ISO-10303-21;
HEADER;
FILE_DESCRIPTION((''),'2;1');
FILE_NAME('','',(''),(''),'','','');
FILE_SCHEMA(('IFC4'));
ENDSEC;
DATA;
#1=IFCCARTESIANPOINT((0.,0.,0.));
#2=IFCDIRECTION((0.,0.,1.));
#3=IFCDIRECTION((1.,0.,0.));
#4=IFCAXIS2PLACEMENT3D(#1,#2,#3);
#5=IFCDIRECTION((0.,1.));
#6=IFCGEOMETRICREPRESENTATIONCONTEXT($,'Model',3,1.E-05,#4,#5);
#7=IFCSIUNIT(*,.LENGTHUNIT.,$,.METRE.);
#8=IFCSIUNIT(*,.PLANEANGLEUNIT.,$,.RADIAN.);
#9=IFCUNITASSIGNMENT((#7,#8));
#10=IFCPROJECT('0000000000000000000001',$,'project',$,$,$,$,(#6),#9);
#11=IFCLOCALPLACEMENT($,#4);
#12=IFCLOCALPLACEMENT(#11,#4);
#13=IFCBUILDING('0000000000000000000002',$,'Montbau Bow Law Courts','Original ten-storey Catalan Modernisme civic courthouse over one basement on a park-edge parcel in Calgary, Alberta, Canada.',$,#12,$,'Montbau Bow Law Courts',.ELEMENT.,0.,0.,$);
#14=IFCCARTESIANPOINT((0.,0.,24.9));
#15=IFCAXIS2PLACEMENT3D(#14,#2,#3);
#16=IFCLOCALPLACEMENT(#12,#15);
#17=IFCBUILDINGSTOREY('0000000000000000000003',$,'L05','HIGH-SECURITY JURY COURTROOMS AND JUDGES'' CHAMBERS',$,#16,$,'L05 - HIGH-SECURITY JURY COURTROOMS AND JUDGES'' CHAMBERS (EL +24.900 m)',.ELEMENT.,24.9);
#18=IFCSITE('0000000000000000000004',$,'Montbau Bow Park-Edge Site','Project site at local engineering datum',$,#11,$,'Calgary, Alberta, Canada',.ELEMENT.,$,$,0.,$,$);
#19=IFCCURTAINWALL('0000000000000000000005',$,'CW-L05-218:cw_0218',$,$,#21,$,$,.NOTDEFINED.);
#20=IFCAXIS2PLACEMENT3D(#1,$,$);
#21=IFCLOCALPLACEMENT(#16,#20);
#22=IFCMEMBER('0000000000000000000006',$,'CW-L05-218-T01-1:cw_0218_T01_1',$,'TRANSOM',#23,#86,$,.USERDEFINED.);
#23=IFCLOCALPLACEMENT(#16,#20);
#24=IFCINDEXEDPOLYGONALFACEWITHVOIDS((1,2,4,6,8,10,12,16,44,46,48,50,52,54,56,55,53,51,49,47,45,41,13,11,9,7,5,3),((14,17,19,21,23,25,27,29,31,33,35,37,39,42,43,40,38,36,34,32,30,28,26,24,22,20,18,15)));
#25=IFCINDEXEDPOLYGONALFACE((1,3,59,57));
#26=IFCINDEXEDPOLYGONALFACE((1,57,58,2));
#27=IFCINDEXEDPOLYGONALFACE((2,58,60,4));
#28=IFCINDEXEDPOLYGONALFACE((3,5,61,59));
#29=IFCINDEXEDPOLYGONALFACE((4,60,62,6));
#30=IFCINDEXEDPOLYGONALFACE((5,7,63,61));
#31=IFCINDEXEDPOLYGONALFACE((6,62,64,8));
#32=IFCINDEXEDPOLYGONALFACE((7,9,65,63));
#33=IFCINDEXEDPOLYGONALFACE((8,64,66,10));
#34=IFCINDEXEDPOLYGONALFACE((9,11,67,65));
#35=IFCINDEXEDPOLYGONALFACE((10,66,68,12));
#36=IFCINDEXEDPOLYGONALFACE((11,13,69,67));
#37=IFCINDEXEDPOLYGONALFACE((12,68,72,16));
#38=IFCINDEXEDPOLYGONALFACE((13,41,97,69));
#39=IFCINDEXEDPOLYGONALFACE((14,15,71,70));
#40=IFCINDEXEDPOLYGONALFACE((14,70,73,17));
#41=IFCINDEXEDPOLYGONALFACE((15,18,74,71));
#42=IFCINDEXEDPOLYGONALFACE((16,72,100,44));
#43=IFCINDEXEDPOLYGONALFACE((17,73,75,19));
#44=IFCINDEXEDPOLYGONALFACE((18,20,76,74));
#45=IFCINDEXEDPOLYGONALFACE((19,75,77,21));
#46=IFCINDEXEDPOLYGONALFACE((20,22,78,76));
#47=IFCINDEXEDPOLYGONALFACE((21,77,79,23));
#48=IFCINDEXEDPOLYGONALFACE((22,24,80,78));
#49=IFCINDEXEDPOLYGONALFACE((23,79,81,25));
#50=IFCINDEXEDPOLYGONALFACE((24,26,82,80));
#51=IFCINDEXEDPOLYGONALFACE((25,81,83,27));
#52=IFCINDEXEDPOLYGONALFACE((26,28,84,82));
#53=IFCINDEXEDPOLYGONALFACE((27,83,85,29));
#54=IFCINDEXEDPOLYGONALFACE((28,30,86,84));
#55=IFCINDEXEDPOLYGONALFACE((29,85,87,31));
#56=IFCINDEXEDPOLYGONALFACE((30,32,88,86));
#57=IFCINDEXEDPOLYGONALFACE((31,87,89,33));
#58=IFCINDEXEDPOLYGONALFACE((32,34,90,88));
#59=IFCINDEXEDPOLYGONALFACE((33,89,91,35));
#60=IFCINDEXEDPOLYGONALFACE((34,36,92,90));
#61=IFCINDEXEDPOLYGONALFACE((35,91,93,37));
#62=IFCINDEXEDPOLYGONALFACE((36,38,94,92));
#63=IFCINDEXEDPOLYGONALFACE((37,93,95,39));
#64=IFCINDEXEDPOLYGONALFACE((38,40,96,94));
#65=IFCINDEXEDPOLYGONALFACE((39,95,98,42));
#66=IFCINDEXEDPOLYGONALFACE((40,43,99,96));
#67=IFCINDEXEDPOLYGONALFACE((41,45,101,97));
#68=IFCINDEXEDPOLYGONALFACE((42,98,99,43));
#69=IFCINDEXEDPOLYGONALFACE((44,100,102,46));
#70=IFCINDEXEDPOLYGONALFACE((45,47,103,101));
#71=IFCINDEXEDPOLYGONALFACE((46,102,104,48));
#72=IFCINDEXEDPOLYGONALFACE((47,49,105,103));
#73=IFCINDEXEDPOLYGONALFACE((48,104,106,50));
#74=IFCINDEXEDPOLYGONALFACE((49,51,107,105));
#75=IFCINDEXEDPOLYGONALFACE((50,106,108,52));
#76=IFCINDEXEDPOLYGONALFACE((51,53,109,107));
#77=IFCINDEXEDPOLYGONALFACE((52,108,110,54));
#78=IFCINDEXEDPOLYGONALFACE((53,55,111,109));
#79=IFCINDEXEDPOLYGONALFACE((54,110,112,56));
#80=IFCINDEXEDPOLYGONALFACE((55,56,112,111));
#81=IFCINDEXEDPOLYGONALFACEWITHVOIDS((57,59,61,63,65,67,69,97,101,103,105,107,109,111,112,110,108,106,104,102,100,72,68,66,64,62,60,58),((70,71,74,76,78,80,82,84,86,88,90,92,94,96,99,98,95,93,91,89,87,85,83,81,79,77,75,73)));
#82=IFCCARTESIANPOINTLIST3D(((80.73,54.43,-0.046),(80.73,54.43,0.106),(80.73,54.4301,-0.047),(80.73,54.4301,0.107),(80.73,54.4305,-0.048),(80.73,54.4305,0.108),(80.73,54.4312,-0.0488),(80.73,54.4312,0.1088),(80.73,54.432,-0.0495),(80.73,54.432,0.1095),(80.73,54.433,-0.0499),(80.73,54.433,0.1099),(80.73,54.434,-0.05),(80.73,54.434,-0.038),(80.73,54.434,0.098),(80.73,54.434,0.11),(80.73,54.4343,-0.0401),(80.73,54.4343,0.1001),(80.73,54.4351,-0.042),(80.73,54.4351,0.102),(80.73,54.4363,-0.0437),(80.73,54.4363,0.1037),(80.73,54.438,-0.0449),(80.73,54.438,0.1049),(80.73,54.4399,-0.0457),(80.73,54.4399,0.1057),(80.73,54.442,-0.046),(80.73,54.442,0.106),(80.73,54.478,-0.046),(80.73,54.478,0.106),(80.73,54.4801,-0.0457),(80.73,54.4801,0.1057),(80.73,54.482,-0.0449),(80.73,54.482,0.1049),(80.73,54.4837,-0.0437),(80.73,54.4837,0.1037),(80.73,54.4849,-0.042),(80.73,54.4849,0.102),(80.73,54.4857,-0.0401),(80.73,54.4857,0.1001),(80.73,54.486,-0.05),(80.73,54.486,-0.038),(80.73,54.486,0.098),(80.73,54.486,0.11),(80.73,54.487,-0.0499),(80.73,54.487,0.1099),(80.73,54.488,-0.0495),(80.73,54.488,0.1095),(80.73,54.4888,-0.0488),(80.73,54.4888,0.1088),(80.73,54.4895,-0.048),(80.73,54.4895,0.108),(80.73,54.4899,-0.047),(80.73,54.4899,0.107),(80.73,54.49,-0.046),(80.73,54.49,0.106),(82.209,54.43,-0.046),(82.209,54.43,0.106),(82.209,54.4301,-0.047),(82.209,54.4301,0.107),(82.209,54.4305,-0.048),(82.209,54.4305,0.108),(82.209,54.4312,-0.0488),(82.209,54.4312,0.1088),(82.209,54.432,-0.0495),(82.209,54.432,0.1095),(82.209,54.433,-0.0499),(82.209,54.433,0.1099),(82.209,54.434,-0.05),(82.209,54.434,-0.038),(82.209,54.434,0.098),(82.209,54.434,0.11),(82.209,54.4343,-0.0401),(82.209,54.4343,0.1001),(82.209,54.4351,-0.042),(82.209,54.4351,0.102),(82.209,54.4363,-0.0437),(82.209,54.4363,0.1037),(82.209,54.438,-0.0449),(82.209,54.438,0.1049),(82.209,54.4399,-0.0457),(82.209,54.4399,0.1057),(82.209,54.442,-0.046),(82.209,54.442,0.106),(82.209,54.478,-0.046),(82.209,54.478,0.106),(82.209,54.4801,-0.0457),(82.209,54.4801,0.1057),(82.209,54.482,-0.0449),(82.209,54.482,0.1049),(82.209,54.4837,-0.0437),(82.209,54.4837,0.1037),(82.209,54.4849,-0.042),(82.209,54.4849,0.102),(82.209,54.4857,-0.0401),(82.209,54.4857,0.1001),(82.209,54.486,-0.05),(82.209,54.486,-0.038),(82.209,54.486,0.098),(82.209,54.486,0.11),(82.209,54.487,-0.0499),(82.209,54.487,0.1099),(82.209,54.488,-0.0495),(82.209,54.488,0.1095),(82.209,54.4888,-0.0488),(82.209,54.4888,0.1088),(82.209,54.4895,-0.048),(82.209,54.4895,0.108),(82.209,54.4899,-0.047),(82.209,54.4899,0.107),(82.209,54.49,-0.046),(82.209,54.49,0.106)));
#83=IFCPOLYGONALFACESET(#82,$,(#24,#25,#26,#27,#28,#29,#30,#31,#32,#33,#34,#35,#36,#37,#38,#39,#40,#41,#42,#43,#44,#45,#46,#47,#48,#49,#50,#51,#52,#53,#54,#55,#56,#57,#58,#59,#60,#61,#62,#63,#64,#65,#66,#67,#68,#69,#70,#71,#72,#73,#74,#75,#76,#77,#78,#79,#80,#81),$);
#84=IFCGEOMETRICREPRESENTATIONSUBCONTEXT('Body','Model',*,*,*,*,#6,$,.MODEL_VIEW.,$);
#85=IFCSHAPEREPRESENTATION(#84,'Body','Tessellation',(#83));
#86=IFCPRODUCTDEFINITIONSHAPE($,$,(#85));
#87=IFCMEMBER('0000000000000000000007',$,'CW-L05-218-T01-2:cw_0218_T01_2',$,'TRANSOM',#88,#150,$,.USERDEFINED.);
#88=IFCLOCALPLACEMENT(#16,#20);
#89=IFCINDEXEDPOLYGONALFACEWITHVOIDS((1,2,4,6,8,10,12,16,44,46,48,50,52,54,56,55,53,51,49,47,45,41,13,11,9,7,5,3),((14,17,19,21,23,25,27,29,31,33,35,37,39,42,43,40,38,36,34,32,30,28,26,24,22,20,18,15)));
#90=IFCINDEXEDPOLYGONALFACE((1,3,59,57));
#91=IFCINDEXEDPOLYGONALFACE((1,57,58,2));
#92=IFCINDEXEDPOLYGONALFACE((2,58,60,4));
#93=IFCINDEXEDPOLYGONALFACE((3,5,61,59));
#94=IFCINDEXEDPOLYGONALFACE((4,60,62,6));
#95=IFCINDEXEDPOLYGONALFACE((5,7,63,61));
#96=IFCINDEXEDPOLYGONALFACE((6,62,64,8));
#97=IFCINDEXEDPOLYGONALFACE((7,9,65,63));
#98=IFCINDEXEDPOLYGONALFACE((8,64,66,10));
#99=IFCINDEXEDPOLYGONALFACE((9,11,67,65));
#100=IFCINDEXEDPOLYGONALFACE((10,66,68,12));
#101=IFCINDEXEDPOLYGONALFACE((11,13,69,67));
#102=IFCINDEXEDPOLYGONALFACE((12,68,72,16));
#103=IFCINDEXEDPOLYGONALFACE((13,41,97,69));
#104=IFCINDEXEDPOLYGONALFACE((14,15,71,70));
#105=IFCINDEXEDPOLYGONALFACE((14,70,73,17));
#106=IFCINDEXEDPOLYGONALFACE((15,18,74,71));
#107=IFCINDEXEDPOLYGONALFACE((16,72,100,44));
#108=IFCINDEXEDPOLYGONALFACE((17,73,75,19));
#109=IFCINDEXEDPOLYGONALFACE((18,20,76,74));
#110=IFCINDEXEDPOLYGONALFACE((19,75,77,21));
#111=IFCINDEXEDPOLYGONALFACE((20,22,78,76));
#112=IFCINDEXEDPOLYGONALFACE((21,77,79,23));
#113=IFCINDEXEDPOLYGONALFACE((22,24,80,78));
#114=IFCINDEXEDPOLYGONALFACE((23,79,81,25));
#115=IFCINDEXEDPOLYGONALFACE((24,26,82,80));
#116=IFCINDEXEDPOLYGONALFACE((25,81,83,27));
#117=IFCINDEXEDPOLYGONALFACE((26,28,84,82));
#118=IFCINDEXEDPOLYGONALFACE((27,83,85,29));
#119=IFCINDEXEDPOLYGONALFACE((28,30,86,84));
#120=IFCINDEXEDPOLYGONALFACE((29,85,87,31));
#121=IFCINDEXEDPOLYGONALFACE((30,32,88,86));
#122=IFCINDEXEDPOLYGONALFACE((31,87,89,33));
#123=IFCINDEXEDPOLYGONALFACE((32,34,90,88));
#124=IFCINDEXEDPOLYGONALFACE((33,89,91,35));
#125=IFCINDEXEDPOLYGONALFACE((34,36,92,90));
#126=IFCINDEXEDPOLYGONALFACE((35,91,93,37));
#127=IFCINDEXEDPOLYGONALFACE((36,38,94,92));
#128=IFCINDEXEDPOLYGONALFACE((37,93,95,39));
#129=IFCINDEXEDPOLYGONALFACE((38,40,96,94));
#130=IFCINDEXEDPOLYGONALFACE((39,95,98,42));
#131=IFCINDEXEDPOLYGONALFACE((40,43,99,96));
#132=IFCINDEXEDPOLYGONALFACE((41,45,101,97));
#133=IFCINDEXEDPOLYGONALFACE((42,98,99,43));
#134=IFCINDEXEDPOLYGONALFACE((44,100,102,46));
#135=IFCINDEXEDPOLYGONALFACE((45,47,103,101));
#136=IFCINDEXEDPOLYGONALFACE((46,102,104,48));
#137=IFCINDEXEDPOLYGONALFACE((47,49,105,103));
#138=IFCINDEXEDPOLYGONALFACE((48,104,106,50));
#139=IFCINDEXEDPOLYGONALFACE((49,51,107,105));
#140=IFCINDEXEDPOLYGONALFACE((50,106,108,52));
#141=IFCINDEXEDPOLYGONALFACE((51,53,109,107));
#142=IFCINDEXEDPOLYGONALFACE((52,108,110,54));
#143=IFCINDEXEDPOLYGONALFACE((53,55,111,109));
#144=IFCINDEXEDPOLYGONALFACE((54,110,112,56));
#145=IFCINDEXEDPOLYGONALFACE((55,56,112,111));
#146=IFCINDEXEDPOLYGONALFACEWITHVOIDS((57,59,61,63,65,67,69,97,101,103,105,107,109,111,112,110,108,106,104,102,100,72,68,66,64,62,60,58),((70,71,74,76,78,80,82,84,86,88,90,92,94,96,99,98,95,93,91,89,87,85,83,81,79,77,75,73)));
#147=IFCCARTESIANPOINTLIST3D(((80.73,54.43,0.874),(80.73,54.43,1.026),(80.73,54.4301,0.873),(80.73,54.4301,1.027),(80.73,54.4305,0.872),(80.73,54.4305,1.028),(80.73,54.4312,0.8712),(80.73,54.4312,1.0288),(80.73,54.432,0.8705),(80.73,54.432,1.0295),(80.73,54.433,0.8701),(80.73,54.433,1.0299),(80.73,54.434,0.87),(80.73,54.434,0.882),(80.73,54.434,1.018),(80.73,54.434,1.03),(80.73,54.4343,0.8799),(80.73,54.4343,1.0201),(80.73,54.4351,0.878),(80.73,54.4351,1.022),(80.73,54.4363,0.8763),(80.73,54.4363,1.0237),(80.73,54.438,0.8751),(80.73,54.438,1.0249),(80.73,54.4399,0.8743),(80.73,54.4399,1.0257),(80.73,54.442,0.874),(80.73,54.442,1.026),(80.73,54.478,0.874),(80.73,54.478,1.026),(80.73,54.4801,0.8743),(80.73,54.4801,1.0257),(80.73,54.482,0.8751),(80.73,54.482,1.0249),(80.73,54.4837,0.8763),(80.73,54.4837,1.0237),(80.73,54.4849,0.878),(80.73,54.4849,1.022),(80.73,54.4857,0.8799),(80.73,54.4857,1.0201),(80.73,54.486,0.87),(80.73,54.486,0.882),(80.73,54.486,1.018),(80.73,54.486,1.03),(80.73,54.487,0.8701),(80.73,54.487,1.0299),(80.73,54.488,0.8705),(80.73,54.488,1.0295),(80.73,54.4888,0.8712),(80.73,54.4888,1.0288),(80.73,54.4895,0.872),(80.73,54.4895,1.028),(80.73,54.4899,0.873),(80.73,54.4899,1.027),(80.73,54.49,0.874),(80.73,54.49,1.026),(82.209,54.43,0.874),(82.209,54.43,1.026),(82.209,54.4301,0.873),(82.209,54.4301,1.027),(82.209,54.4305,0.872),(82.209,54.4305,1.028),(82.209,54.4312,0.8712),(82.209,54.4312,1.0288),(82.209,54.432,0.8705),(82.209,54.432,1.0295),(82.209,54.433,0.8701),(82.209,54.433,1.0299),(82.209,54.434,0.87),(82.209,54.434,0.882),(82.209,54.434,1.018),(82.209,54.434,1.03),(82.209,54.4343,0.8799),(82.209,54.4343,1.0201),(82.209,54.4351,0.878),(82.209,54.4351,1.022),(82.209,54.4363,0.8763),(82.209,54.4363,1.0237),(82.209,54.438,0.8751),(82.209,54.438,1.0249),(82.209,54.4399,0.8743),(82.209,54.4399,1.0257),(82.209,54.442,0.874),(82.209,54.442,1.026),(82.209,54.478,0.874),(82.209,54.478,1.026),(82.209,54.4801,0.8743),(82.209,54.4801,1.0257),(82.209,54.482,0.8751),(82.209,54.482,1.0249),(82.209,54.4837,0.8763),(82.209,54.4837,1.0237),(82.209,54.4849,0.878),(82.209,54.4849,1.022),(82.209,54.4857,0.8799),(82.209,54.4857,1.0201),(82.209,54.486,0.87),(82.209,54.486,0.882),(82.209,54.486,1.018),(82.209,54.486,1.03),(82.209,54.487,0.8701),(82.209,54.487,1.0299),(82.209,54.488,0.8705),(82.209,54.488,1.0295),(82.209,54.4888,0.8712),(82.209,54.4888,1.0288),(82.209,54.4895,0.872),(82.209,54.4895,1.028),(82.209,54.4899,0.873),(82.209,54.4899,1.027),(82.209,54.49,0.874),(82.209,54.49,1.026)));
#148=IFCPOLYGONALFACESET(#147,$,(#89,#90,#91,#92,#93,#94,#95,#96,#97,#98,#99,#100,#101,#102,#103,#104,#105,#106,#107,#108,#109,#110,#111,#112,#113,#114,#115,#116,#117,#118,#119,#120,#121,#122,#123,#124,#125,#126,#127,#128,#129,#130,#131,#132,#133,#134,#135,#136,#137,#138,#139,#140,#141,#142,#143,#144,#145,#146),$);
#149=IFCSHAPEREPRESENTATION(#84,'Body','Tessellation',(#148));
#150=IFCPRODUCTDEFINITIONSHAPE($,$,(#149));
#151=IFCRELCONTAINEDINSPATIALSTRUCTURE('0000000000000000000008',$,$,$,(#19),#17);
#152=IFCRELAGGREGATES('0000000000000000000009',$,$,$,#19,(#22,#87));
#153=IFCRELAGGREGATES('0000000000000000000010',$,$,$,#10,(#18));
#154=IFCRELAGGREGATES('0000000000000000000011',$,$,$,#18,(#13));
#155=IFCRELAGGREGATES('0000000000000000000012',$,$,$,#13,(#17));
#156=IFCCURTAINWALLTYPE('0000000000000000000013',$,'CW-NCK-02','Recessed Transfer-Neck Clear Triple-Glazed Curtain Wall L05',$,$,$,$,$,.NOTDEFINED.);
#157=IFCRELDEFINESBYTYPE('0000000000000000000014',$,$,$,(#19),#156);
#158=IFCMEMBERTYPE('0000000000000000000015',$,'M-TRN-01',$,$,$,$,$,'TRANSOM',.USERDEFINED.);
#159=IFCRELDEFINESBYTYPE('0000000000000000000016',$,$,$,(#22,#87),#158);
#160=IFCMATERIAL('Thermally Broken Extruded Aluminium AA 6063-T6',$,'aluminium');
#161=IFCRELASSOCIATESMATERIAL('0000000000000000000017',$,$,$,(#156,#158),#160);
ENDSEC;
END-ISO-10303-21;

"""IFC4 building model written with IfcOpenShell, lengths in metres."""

from ifc_helpers import new_model, si_unit, direction, frame, origin_with_axes, origin_2d_with_axis, place, context, subcontext, project, spatial, hollow_rectangle, extrude, material, material_profile, profile_set, type_object, element, aggregate, save


model = new_model("IFC4")

# Units and contexts
model_context = context("Model", 3, precision=1e-05, world=origin_with_axes(), true_north=direction((0.0, 1.0)))
body_context = subcontext(model_context, "Body", "Model", "MODEL_VIEW")
ifc_project = project(units=[si_unit("LENGTHUNIT", "METRE"), si_unit("PLANEANGLEUNIT", "RADIAN")], contexts=[model_context])

# Site, building, storey
site_placement = place(None, origin_with_axes())
site = spatial("IfcSite", under=ifc_project, at=site_placement, Name="Montbau Bow Park-Edge Site", Description="Project site at local engineering datum", LongName="Calgary, Alberta, Canada", CompositionType="ELEMENT", RefElevation=0.0)
building_placement = place(site_placement, origin_with_axes())
building = spatial("IfcBuilding", under=site, at=building_placement, Name="Montbau Bow Law Courts", Description="Original ten-storey Catalan Modernisme civic courthouse over one basement on a park-edge parcel in Calgary, Alberta, Canada.", LongName="Montbau Bow Law Courts", CompositionType="ELEMENT", ElevationOfRefHeight=0.0, ElevationOfTerrain=0.0)
storey_placement = place(building_placement, frame((0.0, 0.0, 24.9), z_axis=(0.0, 0.0, 1.0), x_axis=(1.0, 0.0, 0.0)))
storey = spatial("IfcBuildingStorey", under=building, at=storey_placement, Name="L05", Description="HIGH-SECURITY JURY COURTROOMS AND JUDGES' CHAMBERS", LongName="L05 - HIGH-SECURITY JURY COURTROOMS AND JUDGES' CHAMBERS (EL +24.900 m)", CompositionType="ELEMENT", Elevation=24.9)

# Curtain wall, members
ifc_material_1 = material(Name="Thermally Broken Extruded Aluminium AA 6063-T6", Category="aluminium")
curtain_wall_type = type_object("IfcCurtainWallType", Name="CW-NCK-02", Description="Recessed Transfer-Neck Clear Triple-Glazed Curtain Wall L05", PredefinedType="NOTDEFINED", material=ifc_material_1)
curtain_wall_1_placement = place(None, frame((80.668, 54.46, 24.9), z_axis=(0.0, 0.0, 1.0), x_axis=(1.0, 0.0, 0.0)))
curtain_wall_1 = element("IfcCurtainWall", 1, at=curtain_wall_1_placement, inside=storey, type_object=curtain_wall_type, Name="CW-L05-218:cw_0218", PredefinedType="NOTDEFINED")
ifc_material_profile_1 = material_profile(ifc_material_1, hollow_rectangle(XDim=0.06, YDim=0.16, WallThickness=0.004, InnerFilletRadius=0.008, OuterFilletRadius=0.004, at=origin_2d_with_axis()), Name="CWT-160X60", Category="Main", Priority=0)
ifc_profile_set_1 = profile_set([ifc_material_profile_1], Name="Thermally Broken Extruded Aluminium AA 6063-T6")
member_type_1 = type_object("IfcMemberType", Name="M-TRN-01", ElementType="TRANSOM", PredefinedType="USERDEFINED", material=ifc_profile_set_1)
member_1_placement = place(None, frame((80.73, 54.46, 24.93), z_axis=(1.0, 0.0, 0.0), x_axis=(0.0, 1.0, 0.0)))
member_1 = element("IfcMember", 2, at=member_1_placement, type_object=member_type_1, Name="CW-L05-218-T01-1:cw_0218_T01_1", ObjectType="TRANSOM", PredefinedType="USERDEFINED", context=body_context, shape_type="SweptSolid", body=[
    extrude(hollow_rectangle(XDim=0.06, YDim=0.16, WallThickness=0.004, InnerFilletRadius=0.008, OuterFilletRadius=0.004, at=origin_2d_with_axis()), origin_with_axes(), (0.0, 0.0, 1.0), 1.479),
])
member_2_placement = place(None, frame((80.73, 54.46, 25.85), z_axis=(1.0, 0.0, 0.0), x_axis=(0.0, 1.0, 0.0)))
member_2 = element("IfcMember", 3, at=member_2_placement, type_object=member_type_1, Name="CW-L05-218-T01-2:cw_0218_T01_2", ObjectType="TRANSOM", PredefinedType="USERDEFINED", context=body_context, shape_type="SweptSolid", body=[
    extrude(hollow_rectangle(XDim=0.06, YDim=0.16, WallThickness=0.004, InnerFilletRadius=0.008, OuterFilletRadius=0.004, at=origin_2d_with_axis()), origin_with_axes(), (0.0, 0.0, 1.0), 1.479),
])

aggregate(curtain_wall_1, [member_1, member_2])

save(model, "model.ifc")
